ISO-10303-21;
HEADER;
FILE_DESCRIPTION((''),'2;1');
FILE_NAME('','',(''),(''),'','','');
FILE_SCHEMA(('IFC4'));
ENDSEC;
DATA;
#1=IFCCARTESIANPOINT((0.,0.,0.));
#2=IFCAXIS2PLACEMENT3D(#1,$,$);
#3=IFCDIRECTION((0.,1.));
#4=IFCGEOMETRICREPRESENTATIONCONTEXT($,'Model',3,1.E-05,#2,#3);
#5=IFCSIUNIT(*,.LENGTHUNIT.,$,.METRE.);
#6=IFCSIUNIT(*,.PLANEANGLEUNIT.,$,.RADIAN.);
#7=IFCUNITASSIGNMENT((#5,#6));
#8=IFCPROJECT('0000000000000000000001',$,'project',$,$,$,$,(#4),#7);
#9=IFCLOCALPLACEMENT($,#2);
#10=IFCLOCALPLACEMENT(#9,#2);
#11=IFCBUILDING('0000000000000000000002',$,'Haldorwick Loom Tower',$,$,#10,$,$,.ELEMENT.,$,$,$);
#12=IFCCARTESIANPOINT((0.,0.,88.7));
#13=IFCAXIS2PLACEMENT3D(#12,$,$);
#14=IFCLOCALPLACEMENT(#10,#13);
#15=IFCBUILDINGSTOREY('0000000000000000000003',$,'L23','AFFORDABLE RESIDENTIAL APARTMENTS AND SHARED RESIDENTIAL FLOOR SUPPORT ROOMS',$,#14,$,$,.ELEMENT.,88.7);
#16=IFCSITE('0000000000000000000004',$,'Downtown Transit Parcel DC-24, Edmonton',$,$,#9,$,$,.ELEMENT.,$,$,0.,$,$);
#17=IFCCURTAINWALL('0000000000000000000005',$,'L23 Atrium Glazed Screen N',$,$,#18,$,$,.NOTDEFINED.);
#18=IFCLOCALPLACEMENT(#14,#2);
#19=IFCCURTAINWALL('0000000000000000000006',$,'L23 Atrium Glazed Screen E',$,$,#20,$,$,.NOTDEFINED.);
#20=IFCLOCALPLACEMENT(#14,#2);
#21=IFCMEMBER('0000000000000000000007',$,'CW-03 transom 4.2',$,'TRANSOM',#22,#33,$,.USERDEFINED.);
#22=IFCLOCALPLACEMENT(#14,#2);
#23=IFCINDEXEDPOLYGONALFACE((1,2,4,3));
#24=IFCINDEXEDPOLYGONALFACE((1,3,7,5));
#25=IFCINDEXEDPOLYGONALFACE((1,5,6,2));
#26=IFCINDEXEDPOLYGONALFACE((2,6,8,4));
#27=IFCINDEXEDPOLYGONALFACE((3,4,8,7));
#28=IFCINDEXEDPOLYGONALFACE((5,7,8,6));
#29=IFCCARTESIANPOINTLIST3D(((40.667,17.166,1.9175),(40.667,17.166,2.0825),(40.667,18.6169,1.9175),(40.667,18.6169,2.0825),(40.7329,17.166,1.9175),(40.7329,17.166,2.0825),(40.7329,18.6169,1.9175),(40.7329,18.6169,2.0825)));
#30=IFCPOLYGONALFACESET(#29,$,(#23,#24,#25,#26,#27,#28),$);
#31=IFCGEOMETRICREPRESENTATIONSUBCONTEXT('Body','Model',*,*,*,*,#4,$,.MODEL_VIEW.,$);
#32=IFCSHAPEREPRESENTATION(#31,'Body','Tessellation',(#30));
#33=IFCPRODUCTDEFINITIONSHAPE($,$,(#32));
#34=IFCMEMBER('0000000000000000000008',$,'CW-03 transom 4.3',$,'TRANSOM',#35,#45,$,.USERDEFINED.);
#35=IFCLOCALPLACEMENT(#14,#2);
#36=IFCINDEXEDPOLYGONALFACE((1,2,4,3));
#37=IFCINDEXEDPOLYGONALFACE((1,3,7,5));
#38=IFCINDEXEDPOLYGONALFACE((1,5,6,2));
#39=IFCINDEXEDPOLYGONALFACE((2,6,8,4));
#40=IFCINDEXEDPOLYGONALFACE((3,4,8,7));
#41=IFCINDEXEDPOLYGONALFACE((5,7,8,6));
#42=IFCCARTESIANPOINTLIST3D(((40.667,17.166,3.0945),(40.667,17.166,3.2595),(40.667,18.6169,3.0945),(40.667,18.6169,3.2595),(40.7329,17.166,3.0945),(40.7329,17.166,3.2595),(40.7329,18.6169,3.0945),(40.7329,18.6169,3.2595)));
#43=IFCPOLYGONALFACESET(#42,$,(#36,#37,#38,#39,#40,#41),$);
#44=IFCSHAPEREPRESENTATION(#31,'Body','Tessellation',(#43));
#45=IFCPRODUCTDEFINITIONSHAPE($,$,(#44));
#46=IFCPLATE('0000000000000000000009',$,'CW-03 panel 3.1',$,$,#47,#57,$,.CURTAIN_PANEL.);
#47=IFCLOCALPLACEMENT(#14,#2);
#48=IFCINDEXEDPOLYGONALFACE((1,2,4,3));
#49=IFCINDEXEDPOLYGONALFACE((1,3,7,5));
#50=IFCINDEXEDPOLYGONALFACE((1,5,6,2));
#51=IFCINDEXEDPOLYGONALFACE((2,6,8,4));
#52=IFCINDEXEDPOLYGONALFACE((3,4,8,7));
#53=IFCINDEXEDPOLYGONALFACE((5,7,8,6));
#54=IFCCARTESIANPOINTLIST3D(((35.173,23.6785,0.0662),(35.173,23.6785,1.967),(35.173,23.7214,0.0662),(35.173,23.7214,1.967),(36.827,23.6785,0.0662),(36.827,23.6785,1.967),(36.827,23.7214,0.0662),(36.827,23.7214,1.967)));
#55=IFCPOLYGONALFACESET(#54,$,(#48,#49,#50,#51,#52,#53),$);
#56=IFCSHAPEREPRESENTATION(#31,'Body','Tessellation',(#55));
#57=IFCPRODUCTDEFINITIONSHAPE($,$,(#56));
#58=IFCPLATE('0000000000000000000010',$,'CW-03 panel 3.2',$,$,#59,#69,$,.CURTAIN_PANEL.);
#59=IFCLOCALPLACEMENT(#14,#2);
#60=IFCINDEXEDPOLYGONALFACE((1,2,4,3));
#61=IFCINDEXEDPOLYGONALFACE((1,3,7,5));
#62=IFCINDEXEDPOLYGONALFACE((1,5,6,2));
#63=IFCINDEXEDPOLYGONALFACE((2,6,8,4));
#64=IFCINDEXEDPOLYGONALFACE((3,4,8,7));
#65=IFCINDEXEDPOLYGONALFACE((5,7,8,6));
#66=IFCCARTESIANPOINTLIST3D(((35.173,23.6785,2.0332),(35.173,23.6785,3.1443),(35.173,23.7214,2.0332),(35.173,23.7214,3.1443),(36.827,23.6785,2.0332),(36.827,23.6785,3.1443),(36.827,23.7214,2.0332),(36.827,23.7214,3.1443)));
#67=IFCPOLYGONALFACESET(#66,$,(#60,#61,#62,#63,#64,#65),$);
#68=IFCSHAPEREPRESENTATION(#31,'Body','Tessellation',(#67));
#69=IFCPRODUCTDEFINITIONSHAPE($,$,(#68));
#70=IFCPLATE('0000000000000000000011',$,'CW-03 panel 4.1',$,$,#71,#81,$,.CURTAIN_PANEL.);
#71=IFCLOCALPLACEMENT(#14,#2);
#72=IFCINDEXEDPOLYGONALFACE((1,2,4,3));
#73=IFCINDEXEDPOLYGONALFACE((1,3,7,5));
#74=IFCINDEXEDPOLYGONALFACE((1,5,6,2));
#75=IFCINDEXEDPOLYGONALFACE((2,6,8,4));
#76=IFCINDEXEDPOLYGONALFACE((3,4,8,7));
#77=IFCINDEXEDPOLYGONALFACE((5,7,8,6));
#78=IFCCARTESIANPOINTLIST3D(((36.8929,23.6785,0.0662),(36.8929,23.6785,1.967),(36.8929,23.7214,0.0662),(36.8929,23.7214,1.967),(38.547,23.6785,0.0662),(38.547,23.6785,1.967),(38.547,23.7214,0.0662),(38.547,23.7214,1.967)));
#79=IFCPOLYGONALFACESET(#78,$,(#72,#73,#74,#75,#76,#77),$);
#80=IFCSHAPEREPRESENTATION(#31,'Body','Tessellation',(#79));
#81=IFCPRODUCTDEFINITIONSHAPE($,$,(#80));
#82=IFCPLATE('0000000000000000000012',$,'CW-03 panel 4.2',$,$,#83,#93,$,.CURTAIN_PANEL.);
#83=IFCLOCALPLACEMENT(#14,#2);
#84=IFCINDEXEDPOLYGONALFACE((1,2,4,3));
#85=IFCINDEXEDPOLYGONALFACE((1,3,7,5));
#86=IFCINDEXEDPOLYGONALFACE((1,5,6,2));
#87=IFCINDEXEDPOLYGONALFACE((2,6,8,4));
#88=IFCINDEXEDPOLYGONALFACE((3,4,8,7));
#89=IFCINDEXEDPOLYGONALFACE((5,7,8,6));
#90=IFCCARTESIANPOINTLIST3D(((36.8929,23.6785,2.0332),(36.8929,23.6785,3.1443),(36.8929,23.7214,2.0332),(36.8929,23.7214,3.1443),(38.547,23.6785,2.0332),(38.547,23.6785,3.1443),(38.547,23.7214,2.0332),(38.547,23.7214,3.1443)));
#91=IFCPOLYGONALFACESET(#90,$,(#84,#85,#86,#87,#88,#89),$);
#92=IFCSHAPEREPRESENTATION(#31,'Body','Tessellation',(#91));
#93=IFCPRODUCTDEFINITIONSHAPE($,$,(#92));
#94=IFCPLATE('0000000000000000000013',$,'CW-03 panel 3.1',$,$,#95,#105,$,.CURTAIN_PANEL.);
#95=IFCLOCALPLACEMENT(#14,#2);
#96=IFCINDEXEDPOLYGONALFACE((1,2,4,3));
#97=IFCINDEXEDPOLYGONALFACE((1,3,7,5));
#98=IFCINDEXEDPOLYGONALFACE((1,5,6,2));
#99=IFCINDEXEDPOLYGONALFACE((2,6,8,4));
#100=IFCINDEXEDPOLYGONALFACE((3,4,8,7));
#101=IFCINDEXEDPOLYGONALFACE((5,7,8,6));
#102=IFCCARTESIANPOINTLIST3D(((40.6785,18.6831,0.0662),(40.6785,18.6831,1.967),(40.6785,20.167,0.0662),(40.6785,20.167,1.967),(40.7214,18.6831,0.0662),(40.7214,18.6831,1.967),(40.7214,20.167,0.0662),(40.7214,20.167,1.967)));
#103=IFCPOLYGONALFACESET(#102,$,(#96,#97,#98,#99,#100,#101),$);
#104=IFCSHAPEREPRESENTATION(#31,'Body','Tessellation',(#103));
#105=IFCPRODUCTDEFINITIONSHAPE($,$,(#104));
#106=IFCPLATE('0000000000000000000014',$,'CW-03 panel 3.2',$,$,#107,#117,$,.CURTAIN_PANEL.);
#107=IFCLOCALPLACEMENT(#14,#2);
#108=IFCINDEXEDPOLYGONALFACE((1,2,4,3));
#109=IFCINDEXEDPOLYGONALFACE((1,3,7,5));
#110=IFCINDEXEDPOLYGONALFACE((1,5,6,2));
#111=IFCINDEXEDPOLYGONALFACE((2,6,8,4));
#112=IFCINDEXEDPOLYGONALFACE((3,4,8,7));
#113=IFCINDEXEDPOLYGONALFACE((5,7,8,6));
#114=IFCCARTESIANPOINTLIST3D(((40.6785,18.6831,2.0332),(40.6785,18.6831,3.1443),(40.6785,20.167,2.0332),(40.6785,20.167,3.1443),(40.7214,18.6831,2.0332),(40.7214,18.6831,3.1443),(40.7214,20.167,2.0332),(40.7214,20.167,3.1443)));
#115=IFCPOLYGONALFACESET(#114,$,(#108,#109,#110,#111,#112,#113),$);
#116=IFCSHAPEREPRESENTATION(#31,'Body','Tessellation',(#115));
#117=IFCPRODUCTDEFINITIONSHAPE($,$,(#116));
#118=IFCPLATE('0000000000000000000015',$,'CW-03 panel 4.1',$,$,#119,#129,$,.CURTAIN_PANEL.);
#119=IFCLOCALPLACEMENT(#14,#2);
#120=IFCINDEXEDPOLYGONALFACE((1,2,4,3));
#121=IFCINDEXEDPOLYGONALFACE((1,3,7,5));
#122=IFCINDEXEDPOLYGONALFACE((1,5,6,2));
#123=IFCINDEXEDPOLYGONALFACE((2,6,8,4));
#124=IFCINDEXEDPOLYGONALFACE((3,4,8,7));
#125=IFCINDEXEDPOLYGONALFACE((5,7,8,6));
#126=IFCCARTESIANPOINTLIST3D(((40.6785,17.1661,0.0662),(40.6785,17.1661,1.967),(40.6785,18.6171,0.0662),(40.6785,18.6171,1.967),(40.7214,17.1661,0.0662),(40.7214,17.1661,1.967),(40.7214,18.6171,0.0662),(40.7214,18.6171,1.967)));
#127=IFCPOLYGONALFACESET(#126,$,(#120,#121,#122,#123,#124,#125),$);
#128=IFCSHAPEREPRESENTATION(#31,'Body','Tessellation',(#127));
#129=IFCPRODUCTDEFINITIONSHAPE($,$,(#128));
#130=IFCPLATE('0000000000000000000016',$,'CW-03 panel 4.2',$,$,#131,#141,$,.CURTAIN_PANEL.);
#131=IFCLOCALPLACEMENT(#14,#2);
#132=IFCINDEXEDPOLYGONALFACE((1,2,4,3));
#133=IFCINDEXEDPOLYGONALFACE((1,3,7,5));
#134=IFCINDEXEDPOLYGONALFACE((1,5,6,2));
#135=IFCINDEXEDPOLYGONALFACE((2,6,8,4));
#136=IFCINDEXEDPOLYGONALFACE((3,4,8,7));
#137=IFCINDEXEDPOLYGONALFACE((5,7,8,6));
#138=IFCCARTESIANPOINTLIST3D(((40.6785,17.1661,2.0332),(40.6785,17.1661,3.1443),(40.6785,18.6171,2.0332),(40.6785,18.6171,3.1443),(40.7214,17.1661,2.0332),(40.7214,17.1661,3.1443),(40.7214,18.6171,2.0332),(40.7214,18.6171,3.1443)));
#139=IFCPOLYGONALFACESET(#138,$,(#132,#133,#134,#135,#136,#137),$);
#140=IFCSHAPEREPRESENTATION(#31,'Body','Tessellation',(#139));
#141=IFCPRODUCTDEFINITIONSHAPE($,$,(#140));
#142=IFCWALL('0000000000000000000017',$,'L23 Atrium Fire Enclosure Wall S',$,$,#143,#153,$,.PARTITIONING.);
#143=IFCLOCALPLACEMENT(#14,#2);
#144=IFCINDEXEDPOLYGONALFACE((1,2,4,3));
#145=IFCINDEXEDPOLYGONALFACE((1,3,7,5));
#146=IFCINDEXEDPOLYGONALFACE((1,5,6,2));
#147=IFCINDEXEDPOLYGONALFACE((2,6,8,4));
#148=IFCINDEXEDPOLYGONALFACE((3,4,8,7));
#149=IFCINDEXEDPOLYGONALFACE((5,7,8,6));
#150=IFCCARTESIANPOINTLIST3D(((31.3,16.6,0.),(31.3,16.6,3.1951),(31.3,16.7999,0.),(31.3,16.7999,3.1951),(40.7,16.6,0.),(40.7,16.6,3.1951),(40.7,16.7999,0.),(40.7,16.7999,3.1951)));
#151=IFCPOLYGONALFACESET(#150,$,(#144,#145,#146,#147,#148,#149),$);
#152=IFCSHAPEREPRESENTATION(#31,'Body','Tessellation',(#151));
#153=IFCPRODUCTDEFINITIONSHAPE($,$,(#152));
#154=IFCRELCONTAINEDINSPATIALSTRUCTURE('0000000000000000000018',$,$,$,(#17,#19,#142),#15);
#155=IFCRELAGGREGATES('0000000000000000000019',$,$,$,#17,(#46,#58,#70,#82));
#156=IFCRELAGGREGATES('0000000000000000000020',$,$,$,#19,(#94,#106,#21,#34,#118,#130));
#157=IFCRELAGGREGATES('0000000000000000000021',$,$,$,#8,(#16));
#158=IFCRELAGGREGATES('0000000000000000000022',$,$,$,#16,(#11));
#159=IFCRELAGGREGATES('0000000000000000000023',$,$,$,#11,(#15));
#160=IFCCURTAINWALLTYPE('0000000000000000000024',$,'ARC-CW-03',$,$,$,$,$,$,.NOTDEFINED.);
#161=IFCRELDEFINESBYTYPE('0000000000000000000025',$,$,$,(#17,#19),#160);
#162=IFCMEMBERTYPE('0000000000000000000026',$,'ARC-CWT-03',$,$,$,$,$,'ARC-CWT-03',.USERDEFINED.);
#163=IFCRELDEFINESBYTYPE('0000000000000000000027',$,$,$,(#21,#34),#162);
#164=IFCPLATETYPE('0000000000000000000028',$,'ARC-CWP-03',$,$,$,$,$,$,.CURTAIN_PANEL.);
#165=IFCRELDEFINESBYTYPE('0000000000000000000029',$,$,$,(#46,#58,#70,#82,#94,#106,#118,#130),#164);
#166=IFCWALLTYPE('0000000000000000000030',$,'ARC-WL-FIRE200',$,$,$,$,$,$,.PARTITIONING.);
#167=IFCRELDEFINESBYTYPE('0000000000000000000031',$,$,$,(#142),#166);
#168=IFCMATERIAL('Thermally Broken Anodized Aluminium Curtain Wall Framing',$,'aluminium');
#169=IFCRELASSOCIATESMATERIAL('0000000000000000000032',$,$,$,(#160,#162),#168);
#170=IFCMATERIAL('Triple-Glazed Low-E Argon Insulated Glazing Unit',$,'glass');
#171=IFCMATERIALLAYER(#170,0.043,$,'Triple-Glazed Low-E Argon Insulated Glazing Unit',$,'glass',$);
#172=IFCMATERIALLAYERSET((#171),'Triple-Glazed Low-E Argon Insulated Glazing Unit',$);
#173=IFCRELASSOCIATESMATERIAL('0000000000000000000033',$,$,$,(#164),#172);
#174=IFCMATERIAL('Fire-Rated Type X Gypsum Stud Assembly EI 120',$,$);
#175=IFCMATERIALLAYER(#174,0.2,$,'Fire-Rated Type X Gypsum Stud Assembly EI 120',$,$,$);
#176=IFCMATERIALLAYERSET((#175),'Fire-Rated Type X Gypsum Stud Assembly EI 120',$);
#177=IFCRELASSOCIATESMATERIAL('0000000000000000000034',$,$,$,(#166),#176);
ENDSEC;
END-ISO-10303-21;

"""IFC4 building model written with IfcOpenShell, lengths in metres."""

from ifc_helpers import new_model, si_unit, direction, frame, frame_2d, origin, origin_2d, place, context, subcontext, project, spatial, rectangle, extrude, material, layer, layer_set, material_profile, profile_set, type_object, element, aggregate, save


model = new_model("IFC4")

# Units and contexts
model_context = context("Model", 3, precision=1e-05, world=origin(), true_north=direction((0.0, 1.0)))
body_context = subcontext(model_context, "Body", "Model", "MODEL_VIEW")
ifc_project = project(units=[si_unit("LENGTHUNIT", "METRE"), si_unit("PLANEANGLEUNIT", "RADIAN")], contexts=[model_context])

# Site, building, storey
site_placement = place(None, origin())
site = spatial("IfcSite", under=ifc_project, at=site_placement, Name="Downtown Transit Parcel DC-24, Edmonton", CompositionType="ELEMENT", RefElevation=0.0)
building_placement = place(site_placement, origin())
building = spatial("IfcBuilding", under=site, at=building_placement, Name="Haldorwick Loom Tower", CompositionType="ELEMENT")
storey_placement = place(building_placement, frame((0.0, 0.0, 88.7)))
storey = spatial("IfcBuildingStorey", under=building, at=storey_placement, Name="L23", Description="AFFORDABLE RESIDENTIAL APARTMENTS AND SHARED RESIDENTIAL FLOOR SUPPORT ROOMS", CompositionType="ELEMENT", Elevation=88.7)

# Shared definitions
ifc_material_1 = material(Name="Thermally Broken Anodized Aluminium Curtain Wall Framing", Category="aluminium")
curtain_wall_type = type_object("IfcCurtainWallType", Name="ARC-CW-03", PredefinedType="NOTDEFINED", material=ifc_material_1)

# Curtain walls
curtain_wall_1_placement = place(storey_placement, origin())
curtain_wall_1 = element("IfcCurtainWall", 1, at=curtain_wall_1_placement, inside=storey, type_object=curtain_wall_type, Name="L23 Atrium Glazed Screen N", PredefinedType="NOTDEFINED")
curtain_wall_2_placement = place(storey_placement, origin())
curtain_wall_2 = element("IfcCurtainWall", 2, at=curtain_wall_2_placement, inside=storey, type_object=curtain_wall_type, Name="L23 Atrium Glazed Screen E", PredefinedType="NOTDEFINED")

# Members
ifc_material_profile_1 = material_profile(ifc_material_1, rectangle(XDim=0.0659, YDim=0.165, at=origin_2d()), Name="ALU_TRN_66X165", Category="aluminium")
ifc_profile_set_1 = profile_set([ifc_material_profile_1], Name="Thermally Broken Anodized Aluminium Curtain Wall Framing")
member_type_1 = type_object("IfcMemberType", Name="ARC-CWT-03", ElementType="ARC-CWT-03", PredefinedType="USERDEFINED", material=ifc_profile_set_1)
member_1_placement = place(storey_placement, frame((40.7, 18.6169, 2.0), z_axis=(0.0, -1.0, 0.0), x_axis=(1.0, 0.0, 0.0)))
member_1 = element("IfcMember", 3, at=member_1_placement, type_object=member_type_1, Name="CW-03 transom 4.2", ObjectType="TRANSOM", PredefinedType="USERDEFINED", context=body_context, shape_type="SweptSolid", body=[
    extrude(rectangle(XDim=0.0659, YDim=0.165, at=origin_2d()), origin(), (0.0, 0.0, 1.0), 1.4509),
])
member_2_placement = place(storey_placement, frame((40.7, 18.6169, 3.177), z_axis=(0.0, -1.0, 0.0), x_axis=(1.0, 0.0, 0.0)))
member_2 = element("IfcMember", 4, at=member_2_placement, type_object=member_type_1, Name="CW-03 transom 4.3", ObjectType="TRANSOM", PredefinedType="USERDEFINED", context=body_context, shape_type="SweptSolid", body=[
    extrude(rectangle(XDim=0.0659, YDim=0.165, at=origin_2d()), origin(), (0.0, 0.0, 1.0), 1.4509),
])

# Plates
ifc_material_2 = material(Name="Triple-Glazed Low-E Argon Insulated Glazing Unit", Category="glass")
ifc_layer_1 = layer(ifc_material_2, 0.043, Name="Triple-Glazed Low-E Argon Insulated Glazing Unit", Category="glass")
ifc_layer_set_1 = layer_set([ifc_layer_1], Name="Triple-Glazed Low-E Argon Insulated Glazing Unit")
plate_type = type_object("IfcPlateType", Name="ARC-CWP-03", PredefinedType="CURTAIN_PANEL", material=ifc_layer_set_1)
plate_1_placement = place(storey_placement, frame((36.0, 23.7, 0.0662), z_axis=(0.0, 0.0, 1.0), x_axis=(1.0, 0.0, 0.0)))
plate_1 = element("IfcPlate", 5, at=plate_1_placement, type_object=plate_type, Name="CW-03 panel 3.1", PredefinedType="CURTAIN_PANEL", context=body_context, shape_type="SweptSolid", body=[
    extrude(rectangle(XDim=1.6541, YDim=0.043, at=origin_2d()), origin(), (0.0, 0.0, 1.0), 1.9009),
])
plate_2_placement = place(storey_placement, frame((36.0, 23.7, 2.0332), z_axis=(0.0, 0.0, 1.0), x_axis=(1.0, 0.0, 0.0)))
plate_2 = element("IfcPlate", 6, at=plate_2_placement, type_object=plate_type, Name="CW-03 panel 3.2", PredefinedType="CURTAIN_PANEL", context=body_context, shape_type="SweptSolid", body=[
    extrude(rectangle(XDim=1.6541, YDim=0.043, at=origin_2d()), origin(), (0.0, 0.0, 1.0), 1.1111),
])
plate_3_placement = place(storey_placement, frame((37.72, 23.7, 0.0662), z_axis=(0.0, 0.0, 1.0), x_axis=(1.0, 0.0, 0.0)))
plate_3 = element("IfcPlate", 7, at=plate_3_placement, type_object=plate_type, Name="CW-03 panel 4.1", PredefinedType="CURTAIN_PANEL", context=body_context, shape_type="SweptSolid", body=[
    extrude(rectangle(XDim=1.6541, YDim=0.043, at=origin_2d()), origin(), (0.0, 0.0, 1.0), 1.9009),
])
plate_4_placement = place(storey_placement, frame((37.72, 23.7, 2.0332), z_axis=(0.0, 0.0, 1.0), x_axis=(1.0, 0.0, 0.0)))
plate_4 = element("IfcPlate", 8, at=plate_4_placement, type_object=plate_type, Name="CW-03 panel 4.2", PredefinedType="CURTAIN_PANEL", context=body_context, shape_type="SweptSolid", body=[
    extrude(rectangle(XDim=1.6541, YDim=0.043, at=origin_2d()), origin(), (0.0, 0.0, 1.0), 1.1111),
])
aggregate(curtain_wall_1, [plate_1, plate_2, plate_3, plate_4])
plate_5_placement = place(storey_placement, frame((40.7, 19.425, 0.0662), z_axis=(0.0, 0.0, 1.0), x_axis=(0.0, -1.0, 0.0)))
plate_5 = element("IfcPlate", 9, at=plate_5_placement, type_object=plate_type, Name="CW-03 panel 3.1", PredefinedType="CURTAIN_PANEL", context=body_context, shape_type="SweptSolid", body=[
    extrude(rectangle(XDim=1.4839, YDim=0.043, at=origin_2d()), origin(), (0.0, 0.0, 1.0), 1.9009),
])
plate_6_placement = place(storey_placement, frame((40.7, 19.425, 2.0332), z_axis=(0.0, 0.0, 1.0), x_axis=(0.0, -1.0, 0.0)))
plate_6 = element("IfcPlate", 10, at=plate_6_placement, type_object=plate_type, Name="CW-03 panel 3.2", PredefinedType="CURTAIN_PANEL", context=body_context, shape_type="SweptSolid", body=[
    extrude(rectangle(XDim=1.4839, YDim=0.043, at=origin_2d()), origin(), (0.0, 0.0, 1.0), 1.1111),
])
plate_7_placement = place(storey_placement, frame((40.7, 17.8916, 0.0662), z_axis=(0.0, 0.0, 1.0), x_axis=(0.0, -1.0, 0.0)))
plate_7 = element("IfcPlate", 11, at=plate_7_placement, type_object=plate_type, Name="CW-03 panel 4.1", PredefinedType="CURTAIN_PANEL", context=body_context, shape_type="SweptSolid", body=[
    extrude(rectangle(XDim=1.4509, YDim=0.043, at=origin_2d()), origin(), (0.0, 0.0, 1.0), 1.9009),
])
plate_8_placement = place(storey_placement, frame((40.7, 17.8916, 2.0332), z_axis=(0.0, 0.0, 1.0), x_axis=(0.0, -1.0, 0.0)))
plate_8 = element("IfcPlate", 12, at=plate_8_placement, type_object=plate_type, Name="CW-03 panel 4.2", PredefinedType="CURTAIN_PANEL", context=body_context, shape_type="SweptSolid", body=[
    extrude(rectangle(XDim=1.4509, YDim=0.043, at=origin_2d()), origin(), (0.0, 0.0, 1.0), 1.1111),
])
aggregate(curtain_wall_2, [plate_5, plate_6, member_1, member_2, plate_7, plate_8])

# Wall
ifc_material_3 = material(Name="Fire-Rated Type X Gypsum Stud Assembly EI 120")
ifc_layer_2 = layer(ifc_material_3, 0.2, Name="Fire-Rated Type X Gypsum Stud Assembly EI 120")
ifc_layer_set_2 = layer_set([ifc_layer_2], Name="Fire-Rated Type X Gypsum Stud Assembly EI 120")
wall_type = type_object("IfcWallType", Name="ARC-WL-FIRE200", PredefinedType="PARTITIONING", material=ifc_layer_set_2)
wall_placement = place(storey_placement, frame((40.7, 16.7, 0.0), z_axis=(0.0, 0.0, 1.0), x_axis=(-1.0, 0.0, 0.0)))
element("IfcWall", 13, at=wall_placement, inside=storey, type_object=wall_type, Name="L23 Atrium Fire Enclosure Wall S", PredefinedType="PARTITIONING", context=body_context, shape_type="SweptSolid", body=[
    extrude(rectangle(XDim=9.3999, YDim=0.2, at=frame_2d((4.7, 0.0))), origin(), (0.0, 0.0, 1.0), 3.1951),
])

save(model, "model.ifc")
